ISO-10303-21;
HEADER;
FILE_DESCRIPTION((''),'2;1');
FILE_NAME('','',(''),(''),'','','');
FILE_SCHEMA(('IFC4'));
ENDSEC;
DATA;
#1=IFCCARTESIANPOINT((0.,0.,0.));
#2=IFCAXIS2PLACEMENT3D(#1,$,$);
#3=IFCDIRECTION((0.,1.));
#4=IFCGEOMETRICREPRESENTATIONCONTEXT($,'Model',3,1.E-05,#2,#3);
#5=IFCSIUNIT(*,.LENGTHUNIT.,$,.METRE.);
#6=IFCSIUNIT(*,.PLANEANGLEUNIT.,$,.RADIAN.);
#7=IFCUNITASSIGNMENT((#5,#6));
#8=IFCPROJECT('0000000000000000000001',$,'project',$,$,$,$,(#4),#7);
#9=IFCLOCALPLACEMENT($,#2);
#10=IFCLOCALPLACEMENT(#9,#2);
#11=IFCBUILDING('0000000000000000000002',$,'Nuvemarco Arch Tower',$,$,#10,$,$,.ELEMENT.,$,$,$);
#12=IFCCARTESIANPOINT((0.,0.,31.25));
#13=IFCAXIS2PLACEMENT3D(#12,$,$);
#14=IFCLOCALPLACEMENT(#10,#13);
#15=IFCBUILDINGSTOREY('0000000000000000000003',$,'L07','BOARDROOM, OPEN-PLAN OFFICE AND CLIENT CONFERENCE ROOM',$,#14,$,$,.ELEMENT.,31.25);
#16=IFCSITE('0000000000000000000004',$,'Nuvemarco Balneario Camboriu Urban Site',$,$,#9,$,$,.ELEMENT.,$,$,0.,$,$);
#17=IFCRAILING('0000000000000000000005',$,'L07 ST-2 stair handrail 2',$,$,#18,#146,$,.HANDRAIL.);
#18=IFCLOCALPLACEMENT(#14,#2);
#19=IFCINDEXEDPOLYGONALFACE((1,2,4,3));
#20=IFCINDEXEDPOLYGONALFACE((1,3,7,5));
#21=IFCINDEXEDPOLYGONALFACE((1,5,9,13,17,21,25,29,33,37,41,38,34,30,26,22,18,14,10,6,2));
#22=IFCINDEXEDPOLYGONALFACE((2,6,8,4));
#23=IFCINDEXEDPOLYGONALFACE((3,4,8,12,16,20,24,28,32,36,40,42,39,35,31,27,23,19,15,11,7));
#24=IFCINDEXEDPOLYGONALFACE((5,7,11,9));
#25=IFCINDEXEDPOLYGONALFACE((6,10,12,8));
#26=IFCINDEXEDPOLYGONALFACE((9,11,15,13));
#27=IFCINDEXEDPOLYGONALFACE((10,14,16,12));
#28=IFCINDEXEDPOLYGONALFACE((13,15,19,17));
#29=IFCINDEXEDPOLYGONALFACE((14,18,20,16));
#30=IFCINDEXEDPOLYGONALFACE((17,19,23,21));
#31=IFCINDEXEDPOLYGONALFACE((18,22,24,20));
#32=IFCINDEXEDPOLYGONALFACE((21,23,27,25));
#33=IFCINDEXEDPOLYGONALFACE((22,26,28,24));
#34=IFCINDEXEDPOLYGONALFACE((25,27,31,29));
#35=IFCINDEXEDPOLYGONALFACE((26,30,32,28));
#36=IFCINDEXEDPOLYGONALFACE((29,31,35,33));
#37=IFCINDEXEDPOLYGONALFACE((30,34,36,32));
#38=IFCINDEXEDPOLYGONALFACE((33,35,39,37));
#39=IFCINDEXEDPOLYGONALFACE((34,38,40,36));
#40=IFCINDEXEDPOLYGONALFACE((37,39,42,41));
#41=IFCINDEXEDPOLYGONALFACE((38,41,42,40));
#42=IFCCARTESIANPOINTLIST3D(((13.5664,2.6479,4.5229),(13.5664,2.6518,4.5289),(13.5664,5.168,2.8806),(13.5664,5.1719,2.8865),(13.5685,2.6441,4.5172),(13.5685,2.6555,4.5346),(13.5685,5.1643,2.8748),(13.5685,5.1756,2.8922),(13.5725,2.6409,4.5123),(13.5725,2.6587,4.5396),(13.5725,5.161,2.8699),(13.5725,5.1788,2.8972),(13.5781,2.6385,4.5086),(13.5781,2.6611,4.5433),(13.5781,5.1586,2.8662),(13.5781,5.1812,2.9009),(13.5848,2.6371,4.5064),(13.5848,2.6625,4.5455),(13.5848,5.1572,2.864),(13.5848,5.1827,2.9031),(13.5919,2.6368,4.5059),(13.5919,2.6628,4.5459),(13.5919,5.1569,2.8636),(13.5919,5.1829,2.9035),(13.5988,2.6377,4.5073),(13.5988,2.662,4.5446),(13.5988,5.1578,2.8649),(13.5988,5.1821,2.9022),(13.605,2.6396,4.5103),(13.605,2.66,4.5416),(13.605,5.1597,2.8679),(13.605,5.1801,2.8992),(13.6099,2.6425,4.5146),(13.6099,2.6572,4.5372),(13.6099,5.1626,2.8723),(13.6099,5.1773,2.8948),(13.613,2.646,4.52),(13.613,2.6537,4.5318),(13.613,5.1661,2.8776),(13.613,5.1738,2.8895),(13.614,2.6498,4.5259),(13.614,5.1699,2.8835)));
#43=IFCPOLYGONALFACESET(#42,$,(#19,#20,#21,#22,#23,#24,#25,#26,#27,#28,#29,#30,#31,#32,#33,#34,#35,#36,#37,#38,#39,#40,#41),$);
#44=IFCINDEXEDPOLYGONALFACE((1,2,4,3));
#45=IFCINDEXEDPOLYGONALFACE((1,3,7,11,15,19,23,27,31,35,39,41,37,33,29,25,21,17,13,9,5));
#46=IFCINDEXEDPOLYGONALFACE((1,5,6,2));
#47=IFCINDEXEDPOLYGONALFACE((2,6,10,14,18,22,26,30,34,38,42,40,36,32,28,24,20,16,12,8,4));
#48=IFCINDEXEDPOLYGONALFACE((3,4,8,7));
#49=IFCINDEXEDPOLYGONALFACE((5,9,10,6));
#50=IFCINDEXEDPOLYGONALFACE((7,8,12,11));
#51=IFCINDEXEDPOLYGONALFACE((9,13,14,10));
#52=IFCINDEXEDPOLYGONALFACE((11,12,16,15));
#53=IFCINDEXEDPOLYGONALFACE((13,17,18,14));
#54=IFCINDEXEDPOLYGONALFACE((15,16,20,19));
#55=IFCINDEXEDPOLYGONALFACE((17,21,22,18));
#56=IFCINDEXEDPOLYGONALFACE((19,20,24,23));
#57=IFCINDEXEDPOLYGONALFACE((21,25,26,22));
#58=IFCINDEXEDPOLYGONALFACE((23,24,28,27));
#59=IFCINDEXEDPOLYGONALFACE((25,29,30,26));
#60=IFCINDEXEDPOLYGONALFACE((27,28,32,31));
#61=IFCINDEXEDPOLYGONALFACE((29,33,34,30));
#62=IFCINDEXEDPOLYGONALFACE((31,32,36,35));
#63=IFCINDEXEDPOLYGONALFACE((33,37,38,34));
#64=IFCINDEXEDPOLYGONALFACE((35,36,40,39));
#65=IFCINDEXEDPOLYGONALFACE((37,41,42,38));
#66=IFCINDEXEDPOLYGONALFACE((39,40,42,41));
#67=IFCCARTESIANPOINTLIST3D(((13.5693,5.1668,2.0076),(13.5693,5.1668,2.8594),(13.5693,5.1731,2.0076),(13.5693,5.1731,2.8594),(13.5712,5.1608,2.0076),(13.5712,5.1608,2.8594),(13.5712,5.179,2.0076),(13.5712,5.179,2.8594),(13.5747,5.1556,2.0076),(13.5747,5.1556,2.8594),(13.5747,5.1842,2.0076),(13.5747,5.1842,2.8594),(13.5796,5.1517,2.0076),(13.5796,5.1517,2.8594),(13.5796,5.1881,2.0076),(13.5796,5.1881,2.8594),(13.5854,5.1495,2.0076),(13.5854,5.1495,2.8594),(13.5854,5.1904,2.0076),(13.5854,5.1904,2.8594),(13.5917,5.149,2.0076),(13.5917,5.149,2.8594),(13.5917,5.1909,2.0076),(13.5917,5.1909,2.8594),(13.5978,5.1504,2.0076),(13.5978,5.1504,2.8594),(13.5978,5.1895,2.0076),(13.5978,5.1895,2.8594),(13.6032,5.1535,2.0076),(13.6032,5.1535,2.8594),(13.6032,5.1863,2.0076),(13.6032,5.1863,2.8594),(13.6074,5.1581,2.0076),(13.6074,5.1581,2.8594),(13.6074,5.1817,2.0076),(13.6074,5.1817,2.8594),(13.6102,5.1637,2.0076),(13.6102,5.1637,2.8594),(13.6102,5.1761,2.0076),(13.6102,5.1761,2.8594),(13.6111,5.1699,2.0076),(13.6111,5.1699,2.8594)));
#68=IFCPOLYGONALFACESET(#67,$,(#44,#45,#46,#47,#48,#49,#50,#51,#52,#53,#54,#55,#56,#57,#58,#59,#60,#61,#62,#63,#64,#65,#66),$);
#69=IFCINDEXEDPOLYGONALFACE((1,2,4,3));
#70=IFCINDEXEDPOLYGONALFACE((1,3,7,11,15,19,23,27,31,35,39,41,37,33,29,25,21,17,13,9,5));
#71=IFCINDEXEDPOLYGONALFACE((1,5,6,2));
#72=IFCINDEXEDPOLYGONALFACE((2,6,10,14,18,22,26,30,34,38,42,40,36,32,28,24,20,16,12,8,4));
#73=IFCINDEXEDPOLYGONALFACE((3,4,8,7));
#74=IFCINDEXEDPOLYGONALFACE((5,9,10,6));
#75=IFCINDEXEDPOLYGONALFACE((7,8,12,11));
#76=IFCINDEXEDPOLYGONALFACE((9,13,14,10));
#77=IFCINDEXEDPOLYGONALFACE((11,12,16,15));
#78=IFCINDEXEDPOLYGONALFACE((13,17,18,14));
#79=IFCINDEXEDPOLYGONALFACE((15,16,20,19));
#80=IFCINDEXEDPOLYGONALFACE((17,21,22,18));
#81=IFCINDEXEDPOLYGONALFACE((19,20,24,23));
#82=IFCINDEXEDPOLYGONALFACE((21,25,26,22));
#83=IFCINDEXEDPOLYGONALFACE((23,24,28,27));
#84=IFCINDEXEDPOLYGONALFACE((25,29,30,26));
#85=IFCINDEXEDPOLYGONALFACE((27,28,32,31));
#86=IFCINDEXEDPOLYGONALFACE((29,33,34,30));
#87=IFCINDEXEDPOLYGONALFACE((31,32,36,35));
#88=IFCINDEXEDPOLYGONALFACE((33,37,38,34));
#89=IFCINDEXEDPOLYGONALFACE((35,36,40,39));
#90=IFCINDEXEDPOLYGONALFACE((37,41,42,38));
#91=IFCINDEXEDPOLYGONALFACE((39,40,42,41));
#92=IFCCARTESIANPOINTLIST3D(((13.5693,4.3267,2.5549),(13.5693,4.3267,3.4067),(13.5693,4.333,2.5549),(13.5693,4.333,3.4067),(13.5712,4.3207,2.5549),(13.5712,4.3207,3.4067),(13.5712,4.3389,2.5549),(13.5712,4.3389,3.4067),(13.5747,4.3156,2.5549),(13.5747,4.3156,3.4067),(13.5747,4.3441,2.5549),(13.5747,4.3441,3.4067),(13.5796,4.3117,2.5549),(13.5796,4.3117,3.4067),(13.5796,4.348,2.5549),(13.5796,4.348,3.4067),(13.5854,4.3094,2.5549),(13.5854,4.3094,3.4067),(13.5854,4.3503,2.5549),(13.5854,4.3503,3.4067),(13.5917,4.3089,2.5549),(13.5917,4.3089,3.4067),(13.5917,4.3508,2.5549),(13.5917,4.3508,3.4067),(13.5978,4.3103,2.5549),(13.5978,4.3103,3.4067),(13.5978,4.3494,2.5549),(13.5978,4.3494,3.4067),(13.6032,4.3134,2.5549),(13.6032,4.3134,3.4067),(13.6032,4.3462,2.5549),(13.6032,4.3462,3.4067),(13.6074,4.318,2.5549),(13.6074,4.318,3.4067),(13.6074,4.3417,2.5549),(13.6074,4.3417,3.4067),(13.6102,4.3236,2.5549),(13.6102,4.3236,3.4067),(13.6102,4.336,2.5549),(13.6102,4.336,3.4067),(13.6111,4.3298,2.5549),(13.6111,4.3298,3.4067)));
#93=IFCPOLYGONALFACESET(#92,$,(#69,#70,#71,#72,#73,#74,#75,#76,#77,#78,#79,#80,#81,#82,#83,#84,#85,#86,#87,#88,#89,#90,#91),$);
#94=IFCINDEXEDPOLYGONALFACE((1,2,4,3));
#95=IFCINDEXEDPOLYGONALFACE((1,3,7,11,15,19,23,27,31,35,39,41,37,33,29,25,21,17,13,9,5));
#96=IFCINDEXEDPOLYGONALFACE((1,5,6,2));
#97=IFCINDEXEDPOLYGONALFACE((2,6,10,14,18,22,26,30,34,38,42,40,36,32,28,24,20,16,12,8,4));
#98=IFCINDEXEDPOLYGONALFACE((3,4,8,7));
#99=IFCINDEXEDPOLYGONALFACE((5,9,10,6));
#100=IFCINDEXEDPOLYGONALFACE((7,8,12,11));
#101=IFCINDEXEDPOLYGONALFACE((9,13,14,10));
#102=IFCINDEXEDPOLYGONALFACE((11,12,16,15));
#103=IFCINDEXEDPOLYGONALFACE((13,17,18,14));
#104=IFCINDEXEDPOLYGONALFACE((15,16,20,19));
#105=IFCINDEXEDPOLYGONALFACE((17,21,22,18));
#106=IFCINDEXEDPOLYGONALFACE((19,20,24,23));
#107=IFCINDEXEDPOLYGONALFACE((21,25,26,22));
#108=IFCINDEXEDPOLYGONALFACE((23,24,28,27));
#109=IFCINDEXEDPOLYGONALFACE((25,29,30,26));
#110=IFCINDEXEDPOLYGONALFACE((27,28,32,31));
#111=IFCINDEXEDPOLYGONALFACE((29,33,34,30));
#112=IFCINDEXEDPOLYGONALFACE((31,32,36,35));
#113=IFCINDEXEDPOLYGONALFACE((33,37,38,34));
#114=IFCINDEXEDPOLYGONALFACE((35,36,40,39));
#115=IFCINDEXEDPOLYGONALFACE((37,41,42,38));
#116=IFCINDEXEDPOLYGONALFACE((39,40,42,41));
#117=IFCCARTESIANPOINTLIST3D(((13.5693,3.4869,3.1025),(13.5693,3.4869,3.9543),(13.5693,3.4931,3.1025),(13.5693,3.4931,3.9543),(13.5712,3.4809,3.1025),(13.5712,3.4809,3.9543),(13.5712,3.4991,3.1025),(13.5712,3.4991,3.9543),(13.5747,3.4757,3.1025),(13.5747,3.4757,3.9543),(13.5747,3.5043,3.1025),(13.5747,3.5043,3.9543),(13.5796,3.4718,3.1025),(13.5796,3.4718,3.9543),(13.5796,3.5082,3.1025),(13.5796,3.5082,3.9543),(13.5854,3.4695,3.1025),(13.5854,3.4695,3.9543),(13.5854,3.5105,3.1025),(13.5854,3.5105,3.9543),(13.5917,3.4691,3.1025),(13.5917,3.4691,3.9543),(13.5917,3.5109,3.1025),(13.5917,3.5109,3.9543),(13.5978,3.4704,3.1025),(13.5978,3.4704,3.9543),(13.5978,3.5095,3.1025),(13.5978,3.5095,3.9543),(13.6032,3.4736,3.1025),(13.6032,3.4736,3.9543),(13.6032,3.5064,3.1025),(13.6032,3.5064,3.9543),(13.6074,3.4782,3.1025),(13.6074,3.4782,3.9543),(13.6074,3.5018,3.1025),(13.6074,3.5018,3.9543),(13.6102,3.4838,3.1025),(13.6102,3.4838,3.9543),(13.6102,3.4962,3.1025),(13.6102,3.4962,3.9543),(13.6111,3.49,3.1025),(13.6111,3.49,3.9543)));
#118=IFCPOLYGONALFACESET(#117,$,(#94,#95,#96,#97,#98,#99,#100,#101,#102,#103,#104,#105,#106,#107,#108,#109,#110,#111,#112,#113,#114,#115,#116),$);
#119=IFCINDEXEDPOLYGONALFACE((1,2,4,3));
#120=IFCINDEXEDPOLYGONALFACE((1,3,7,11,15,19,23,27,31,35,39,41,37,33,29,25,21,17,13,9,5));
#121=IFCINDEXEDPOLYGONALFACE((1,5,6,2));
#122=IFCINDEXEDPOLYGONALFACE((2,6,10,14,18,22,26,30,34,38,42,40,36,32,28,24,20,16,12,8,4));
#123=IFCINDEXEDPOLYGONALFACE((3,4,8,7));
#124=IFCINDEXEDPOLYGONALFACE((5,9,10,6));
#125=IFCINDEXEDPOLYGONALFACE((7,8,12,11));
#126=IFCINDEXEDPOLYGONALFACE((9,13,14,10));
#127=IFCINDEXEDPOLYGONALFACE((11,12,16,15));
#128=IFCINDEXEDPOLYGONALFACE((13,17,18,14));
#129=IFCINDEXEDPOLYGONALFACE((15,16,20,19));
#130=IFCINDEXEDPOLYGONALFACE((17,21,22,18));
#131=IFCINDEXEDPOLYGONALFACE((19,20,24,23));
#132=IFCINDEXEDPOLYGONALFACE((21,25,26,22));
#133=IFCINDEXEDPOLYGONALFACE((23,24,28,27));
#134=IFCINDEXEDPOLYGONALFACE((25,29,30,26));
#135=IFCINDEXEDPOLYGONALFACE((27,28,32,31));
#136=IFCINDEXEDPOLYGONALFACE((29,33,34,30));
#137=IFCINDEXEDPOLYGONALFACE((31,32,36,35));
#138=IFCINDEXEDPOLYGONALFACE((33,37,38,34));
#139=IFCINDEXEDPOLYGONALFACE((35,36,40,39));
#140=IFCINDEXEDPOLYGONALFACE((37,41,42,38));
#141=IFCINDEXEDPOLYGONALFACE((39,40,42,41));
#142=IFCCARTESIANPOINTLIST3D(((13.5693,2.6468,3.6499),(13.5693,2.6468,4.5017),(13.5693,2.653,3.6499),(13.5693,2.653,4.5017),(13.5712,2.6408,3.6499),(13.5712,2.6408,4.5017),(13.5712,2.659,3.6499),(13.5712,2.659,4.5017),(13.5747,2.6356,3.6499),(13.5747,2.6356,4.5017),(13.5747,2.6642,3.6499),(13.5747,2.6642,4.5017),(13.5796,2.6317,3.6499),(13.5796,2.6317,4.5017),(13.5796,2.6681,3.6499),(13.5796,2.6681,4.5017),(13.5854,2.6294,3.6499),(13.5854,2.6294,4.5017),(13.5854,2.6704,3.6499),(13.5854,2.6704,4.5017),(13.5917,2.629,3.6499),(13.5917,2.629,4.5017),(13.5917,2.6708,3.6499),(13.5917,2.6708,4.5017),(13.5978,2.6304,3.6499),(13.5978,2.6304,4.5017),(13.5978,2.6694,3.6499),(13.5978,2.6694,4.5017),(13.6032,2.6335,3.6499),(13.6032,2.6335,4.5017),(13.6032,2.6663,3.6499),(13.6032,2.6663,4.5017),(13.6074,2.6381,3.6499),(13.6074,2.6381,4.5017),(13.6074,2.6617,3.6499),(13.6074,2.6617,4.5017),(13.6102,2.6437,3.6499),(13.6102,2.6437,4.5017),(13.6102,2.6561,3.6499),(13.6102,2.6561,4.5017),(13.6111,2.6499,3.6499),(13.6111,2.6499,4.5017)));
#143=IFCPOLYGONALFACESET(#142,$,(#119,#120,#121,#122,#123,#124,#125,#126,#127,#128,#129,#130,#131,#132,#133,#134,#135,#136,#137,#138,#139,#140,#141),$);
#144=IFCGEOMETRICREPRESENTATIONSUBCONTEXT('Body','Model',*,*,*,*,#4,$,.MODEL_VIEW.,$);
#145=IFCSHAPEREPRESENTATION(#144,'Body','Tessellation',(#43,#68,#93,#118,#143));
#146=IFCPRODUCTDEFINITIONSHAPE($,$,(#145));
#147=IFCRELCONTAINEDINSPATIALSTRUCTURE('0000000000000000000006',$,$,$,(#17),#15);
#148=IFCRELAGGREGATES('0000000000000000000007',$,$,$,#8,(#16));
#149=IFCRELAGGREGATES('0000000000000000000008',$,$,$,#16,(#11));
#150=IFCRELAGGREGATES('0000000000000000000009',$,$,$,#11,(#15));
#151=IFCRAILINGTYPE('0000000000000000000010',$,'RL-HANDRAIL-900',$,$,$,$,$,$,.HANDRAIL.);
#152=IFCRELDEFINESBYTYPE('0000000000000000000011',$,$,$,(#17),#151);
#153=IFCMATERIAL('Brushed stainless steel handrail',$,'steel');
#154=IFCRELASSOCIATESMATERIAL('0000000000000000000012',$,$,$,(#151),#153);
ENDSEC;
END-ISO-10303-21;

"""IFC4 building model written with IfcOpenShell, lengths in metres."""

from ifc_helpers import new_model, si_unit, direction, frame, origin, origin_2d, place, context, subcontext, project, spatial, circle, extrude, material, type_object, element, save


model = new_model("IFC4")

# Units and contexts
model_context = context("Model", 3, precision=1e-05, world=origin(), true_north=direction((0.0, 1.0)))
body_context = subcontext(model_context, "Body", "Model", "MODEL_VIEW")
ifc_project = project(units=[si_unit("LENGTHUNIT", "METRE"), si_unit("PLANEANGLEUNIT", "RADIAN")], contexts=[model_context])

# Site, building, storey
site_placement = place(None, origin())
site = spatial("IfcSite", under=ifc_project, at=site_placement, Name="Nuvemarco Balneario Camboriu Urban Site", CompositionType="ELEMENT", RefElevation=0.0)
building_placement = place(site_placement, origin())
building = spatial("IfcBuilding", under=site, at=building_placement, Name="Nuvemarco Arch Tower", CompositionType="ELEMENT")
storey_placement = place(building_placement, frame((0.0, 0.0, 31.25)))
storey = spatial("IfcBuildingStorey", under=building, at=storey_placement, Name="L07", Description="BOARDROOM, OPEN-PLAN OFFICE AND CLIENT CONFERENCE ROOM", CompositionType="ELEMENT", Elevation=31.25)

# Railing
ifc_material_1 = material(Name="Brushed stainless steel handrail", Category="steel")
railing_type_1 = type_object("IfcRailingType", Name="RL-HANDRAIL-900", PredefinedType="HANDRAIL", material=ifc_material_1)
railing_1_placement = place(storey_placement, frame((13.5901, 5.1699, 2.0076)))
element("IfcRailing", 1, at=railing_1_placement, inside=storey, type_object=railing_type_1, Name="L07 ST-2 stair handrail 2", PredefinedType="HANDRAIL", context=body_context, shape_type="SweptSolid", body=[
    extrude(circle(Radius=0.0239, at=origin_2d()), frame((0.0, 0.0, 0.876), z_axis=(0.0, -0.837787, 0.545998), x_axis=(1.0, 0.0, 0.0)), (0.0, 0.0, 1.0), 3.0081),
    extrude(circle(Radius=0.021, at=origin_2d()), origin(), (0.0, 0.0, 1.0), 0.8518),
    extrude(circle(Radius=0.021, at=origin_2d()), frame((0.0, -0.8401, 0.5474)), (0.0, 0.0, 1.0), 0.8518),
    extrude(circle(Radius=0.021, at=origin_2d()), frame((0.0, -1.6799, 1.095)), (0.0, 0.0, 1.0), 0.8518),
    extrude(circle(Radius=0.021, at=origin_2d()), frame((0.0, -2.52, 1.6423)), (0.0, 0.0, 1.0), 0.8518),
])

save(model, "model.ifc")
